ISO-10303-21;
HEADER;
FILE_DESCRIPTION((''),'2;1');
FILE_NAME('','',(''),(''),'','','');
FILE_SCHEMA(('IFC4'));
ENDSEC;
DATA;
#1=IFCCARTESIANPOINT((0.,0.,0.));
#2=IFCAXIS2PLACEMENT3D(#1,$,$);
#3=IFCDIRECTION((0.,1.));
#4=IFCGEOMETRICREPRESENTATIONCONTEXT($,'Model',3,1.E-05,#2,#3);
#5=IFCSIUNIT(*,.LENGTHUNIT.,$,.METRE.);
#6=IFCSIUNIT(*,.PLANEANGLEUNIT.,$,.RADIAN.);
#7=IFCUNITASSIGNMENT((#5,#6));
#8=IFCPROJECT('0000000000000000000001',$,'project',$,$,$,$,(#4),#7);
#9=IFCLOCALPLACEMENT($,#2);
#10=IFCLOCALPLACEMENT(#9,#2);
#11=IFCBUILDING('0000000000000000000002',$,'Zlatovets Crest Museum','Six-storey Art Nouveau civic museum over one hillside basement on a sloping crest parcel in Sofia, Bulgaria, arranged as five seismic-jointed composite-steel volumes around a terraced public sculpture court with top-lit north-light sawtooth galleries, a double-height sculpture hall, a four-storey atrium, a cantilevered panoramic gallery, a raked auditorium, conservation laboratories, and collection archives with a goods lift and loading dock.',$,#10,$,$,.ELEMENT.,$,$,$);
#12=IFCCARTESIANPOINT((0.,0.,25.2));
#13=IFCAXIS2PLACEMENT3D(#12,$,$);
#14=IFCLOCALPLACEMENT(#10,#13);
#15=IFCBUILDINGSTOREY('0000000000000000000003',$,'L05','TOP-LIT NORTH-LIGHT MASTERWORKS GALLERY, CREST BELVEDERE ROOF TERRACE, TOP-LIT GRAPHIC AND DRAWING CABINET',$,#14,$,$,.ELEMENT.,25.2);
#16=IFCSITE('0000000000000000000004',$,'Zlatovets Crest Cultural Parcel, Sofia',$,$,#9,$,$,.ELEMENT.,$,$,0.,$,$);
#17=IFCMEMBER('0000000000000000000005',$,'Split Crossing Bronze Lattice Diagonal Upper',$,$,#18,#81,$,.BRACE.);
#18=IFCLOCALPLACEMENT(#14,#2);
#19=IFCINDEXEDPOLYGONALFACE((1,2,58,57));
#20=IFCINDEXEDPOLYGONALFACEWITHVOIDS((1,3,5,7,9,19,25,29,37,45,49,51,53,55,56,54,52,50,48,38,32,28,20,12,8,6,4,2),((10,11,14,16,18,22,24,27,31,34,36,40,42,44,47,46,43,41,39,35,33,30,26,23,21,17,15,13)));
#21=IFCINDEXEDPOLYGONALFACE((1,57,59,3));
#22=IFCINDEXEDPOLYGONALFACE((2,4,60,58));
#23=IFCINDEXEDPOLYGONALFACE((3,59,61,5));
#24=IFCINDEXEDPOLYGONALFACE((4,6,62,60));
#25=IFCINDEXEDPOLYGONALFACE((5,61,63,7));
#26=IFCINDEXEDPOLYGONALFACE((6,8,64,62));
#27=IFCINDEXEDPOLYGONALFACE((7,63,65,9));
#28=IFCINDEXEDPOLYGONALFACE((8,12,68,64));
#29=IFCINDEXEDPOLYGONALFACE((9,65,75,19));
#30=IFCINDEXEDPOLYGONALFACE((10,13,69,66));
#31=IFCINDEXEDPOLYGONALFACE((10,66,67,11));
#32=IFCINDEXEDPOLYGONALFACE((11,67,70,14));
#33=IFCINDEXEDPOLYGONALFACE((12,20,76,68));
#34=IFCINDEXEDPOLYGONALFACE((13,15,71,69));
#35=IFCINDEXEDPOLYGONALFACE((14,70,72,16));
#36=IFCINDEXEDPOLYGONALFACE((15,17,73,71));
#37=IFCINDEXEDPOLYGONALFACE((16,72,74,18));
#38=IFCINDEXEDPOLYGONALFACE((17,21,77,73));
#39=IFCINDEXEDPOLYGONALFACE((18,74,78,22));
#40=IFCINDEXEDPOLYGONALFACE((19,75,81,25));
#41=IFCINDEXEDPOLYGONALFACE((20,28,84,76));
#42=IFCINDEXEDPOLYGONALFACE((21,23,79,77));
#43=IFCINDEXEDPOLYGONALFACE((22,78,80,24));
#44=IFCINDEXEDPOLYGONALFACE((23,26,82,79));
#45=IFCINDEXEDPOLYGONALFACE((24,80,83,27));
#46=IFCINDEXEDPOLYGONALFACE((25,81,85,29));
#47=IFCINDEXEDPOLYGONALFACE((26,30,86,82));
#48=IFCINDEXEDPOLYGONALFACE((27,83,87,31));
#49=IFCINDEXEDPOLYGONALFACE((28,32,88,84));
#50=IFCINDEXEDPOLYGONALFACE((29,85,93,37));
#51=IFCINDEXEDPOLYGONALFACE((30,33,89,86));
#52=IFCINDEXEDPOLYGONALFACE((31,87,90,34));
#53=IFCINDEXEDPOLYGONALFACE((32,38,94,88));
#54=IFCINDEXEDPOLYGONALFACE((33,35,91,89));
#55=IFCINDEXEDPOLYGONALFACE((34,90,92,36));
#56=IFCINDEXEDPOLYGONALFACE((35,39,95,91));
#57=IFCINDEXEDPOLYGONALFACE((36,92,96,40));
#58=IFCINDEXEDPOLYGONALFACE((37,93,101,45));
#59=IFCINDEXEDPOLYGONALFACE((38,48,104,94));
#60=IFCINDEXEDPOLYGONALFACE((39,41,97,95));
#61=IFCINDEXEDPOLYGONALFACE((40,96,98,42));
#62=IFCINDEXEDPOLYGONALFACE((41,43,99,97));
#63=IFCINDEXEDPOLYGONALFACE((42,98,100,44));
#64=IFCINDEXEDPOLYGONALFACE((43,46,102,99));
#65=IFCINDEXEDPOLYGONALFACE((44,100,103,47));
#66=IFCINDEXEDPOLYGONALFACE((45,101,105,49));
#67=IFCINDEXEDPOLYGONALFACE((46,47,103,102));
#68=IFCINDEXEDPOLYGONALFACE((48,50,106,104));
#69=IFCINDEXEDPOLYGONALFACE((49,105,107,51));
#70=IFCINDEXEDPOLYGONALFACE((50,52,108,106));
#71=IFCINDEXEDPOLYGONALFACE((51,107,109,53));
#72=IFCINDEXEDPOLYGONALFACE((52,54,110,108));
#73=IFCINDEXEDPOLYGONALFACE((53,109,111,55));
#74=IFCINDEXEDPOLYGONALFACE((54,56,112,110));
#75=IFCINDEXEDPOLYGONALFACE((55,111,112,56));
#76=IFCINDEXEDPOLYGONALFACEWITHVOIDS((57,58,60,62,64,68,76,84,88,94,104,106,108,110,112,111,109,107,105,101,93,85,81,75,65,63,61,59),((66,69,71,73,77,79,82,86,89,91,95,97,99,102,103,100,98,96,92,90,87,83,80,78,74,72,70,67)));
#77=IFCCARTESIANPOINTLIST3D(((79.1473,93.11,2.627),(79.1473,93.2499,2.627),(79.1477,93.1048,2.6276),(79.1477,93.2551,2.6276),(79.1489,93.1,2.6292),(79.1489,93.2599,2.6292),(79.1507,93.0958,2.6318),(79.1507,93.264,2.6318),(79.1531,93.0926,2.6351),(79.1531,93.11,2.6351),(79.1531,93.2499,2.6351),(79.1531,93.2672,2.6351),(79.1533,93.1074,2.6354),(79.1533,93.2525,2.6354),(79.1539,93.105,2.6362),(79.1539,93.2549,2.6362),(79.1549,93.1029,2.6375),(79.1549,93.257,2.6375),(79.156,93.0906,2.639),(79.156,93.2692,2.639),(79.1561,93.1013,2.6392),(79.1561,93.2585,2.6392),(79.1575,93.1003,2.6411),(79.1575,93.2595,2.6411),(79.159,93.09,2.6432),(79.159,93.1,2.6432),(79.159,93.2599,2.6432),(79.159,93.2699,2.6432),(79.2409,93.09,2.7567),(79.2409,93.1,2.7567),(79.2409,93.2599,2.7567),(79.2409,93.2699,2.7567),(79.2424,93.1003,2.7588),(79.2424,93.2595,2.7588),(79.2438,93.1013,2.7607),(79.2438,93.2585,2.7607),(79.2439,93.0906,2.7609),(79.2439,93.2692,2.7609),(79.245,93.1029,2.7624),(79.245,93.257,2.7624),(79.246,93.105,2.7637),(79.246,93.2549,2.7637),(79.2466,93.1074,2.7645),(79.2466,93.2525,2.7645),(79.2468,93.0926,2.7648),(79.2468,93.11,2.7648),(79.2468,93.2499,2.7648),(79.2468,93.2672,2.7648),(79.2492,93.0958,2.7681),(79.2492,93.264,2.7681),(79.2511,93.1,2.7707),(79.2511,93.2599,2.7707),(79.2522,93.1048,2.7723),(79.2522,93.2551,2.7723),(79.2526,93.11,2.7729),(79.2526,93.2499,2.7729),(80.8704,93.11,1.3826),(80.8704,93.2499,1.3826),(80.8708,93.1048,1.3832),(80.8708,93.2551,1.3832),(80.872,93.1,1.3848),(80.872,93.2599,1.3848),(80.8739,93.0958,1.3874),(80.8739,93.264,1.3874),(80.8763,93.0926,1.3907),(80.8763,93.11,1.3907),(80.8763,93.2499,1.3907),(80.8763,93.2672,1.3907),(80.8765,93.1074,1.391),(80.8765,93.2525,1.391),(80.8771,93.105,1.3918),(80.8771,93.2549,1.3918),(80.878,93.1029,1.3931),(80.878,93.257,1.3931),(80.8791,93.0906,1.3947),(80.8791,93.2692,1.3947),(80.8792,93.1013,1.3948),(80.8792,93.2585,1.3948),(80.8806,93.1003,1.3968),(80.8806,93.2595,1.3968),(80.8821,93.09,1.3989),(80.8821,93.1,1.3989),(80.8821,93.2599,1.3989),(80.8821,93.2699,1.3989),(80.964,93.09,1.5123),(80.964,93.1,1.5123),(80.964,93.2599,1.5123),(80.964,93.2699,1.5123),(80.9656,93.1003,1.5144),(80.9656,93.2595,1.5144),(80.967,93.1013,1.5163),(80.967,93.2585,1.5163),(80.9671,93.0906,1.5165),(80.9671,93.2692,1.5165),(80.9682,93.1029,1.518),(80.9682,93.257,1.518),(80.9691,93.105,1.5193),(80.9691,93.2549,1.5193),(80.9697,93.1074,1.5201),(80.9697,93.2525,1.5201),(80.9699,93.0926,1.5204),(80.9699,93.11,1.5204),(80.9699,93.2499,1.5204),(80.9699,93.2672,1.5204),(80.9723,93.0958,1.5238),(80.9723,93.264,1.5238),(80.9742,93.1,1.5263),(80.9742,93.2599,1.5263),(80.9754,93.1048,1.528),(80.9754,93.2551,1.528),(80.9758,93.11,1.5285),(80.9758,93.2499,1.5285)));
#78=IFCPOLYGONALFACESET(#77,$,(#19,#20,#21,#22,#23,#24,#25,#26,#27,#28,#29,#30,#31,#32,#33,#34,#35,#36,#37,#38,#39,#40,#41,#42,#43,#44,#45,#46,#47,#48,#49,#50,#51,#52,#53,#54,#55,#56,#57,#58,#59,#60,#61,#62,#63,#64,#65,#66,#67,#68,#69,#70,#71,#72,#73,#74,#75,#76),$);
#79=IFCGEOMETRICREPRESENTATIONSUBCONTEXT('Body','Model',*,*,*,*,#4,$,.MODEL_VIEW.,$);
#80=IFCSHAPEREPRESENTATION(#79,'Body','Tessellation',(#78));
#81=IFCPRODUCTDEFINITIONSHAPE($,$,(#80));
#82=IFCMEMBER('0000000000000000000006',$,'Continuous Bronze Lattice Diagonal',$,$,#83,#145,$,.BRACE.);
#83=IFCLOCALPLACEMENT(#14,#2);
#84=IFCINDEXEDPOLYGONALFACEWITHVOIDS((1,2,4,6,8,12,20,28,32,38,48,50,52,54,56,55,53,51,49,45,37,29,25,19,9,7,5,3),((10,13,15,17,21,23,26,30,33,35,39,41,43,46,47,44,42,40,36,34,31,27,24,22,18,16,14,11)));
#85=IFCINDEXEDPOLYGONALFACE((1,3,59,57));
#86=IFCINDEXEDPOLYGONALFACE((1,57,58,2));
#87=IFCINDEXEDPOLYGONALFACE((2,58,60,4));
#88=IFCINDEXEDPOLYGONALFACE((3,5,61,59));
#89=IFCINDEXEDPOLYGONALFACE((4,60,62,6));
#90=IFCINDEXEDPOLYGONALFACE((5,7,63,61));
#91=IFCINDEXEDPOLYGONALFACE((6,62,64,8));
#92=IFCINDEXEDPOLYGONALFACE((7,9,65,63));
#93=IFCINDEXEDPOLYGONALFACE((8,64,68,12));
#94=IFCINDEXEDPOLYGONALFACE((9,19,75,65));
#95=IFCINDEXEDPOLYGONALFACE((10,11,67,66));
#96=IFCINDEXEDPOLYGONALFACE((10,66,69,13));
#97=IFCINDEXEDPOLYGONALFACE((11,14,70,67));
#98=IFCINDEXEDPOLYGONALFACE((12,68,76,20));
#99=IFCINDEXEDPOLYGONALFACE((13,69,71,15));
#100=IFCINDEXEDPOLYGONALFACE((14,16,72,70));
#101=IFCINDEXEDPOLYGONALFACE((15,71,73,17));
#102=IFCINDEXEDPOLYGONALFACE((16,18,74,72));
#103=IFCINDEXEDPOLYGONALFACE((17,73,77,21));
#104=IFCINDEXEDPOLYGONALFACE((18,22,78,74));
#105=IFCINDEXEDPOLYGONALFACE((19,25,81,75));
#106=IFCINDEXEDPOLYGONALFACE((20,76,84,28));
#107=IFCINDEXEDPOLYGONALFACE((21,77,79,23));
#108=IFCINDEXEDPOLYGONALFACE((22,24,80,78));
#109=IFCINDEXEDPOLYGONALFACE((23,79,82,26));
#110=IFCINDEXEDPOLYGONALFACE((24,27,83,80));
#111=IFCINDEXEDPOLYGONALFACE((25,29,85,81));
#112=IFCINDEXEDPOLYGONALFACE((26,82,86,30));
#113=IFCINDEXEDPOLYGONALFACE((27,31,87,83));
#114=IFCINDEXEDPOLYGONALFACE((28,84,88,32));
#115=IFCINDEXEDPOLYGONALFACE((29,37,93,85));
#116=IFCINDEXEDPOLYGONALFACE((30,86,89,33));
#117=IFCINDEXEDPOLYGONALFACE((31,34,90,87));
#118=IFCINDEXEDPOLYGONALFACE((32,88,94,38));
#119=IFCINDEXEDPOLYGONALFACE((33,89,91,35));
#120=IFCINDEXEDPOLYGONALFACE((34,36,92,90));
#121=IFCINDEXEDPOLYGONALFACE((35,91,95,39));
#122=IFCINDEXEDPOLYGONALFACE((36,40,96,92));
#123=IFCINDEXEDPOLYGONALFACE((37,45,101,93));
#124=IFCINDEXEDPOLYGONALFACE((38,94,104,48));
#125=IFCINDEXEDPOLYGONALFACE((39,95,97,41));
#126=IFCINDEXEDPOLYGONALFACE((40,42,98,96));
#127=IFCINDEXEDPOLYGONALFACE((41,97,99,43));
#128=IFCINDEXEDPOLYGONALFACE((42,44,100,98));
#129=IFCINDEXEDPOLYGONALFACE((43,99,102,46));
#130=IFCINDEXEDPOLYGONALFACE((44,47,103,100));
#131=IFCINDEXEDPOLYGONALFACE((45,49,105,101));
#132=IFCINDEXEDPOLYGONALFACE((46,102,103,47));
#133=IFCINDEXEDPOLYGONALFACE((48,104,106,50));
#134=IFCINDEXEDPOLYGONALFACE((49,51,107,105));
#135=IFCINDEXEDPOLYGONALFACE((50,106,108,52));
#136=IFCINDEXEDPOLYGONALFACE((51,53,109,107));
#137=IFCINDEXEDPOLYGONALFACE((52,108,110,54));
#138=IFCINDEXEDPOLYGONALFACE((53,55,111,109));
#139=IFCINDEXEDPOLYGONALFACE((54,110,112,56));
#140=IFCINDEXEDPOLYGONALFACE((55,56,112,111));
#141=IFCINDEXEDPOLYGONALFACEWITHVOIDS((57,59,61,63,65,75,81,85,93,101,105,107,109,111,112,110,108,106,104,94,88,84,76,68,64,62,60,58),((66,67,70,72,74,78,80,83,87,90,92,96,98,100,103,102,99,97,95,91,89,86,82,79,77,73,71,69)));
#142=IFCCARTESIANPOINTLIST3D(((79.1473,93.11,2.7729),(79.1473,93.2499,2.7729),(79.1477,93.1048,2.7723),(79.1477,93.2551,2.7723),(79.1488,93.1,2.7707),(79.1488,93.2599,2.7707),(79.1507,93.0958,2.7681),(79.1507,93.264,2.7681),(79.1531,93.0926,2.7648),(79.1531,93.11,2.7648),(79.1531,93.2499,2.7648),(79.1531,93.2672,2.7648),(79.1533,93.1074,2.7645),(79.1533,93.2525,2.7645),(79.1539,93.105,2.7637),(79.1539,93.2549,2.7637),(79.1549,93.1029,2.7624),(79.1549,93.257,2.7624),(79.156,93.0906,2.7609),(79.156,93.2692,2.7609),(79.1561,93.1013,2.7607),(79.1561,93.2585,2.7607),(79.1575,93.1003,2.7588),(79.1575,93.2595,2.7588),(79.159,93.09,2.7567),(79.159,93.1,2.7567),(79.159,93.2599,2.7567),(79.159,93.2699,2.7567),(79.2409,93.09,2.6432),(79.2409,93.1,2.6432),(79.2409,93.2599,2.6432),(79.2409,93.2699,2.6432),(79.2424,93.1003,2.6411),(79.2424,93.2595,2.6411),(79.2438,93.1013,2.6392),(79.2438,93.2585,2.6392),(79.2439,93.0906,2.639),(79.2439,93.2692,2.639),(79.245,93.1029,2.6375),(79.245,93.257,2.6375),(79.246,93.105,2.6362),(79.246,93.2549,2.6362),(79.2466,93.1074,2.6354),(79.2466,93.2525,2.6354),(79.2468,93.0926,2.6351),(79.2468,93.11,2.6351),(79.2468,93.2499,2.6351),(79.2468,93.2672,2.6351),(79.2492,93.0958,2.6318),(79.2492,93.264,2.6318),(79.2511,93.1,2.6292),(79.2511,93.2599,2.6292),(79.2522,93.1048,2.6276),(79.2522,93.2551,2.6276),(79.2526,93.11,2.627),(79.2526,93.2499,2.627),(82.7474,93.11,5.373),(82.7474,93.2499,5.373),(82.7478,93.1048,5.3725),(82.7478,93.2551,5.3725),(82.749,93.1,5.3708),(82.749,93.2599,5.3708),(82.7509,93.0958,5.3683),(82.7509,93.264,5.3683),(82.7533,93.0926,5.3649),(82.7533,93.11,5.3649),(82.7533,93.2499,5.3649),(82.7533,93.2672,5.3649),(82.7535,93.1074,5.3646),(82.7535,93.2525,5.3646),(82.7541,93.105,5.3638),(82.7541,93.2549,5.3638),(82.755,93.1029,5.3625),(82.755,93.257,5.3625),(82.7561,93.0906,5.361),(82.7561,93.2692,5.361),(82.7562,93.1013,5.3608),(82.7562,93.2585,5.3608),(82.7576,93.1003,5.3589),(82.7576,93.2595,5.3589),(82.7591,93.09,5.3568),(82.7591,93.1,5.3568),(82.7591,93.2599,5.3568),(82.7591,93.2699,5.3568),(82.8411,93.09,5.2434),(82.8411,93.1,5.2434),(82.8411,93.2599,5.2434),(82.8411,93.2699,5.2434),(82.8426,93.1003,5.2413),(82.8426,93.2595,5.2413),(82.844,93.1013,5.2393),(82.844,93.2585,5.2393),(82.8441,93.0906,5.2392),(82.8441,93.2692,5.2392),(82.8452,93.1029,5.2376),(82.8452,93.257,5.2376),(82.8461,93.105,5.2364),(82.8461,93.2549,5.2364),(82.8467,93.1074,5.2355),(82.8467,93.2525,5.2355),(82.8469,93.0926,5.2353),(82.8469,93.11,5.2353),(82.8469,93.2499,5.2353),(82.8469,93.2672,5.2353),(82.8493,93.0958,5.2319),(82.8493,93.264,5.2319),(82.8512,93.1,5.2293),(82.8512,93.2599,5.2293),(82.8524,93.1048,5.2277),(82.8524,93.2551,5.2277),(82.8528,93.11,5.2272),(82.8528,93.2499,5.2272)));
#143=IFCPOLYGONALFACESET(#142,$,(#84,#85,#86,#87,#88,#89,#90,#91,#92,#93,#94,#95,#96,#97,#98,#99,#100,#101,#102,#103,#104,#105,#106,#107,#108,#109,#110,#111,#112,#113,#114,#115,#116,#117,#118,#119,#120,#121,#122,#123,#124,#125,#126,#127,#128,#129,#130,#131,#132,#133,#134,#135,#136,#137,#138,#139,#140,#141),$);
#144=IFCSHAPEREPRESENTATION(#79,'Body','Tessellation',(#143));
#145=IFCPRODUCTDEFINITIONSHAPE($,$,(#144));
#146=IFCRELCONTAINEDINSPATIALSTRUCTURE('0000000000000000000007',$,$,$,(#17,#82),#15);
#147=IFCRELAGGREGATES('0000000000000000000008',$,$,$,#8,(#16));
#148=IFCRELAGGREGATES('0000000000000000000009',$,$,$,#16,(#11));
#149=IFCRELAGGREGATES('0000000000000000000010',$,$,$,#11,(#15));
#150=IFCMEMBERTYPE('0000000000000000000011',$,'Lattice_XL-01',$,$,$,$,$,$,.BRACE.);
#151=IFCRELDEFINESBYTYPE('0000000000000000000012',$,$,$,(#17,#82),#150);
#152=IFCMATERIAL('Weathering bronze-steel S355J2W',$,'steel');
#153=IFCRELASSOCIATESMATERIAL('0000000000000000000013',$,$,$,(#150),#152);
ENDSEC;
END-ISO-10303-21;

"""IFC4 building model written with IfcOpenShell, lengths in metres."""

from ifc_helpers import new_model, si_unit, direction, frame, origin, origin_2d, place, context, subcontext, project, spatial, hollow_rectangle, extrude, material, material_profile, profile_set, type_object, element, save


model = new_model("IFC4")

# Units and contexts
model_context = context("Model", 3, precision=1e-05, world=origin(), true_north=direction((0.0, 1.0)))
body_context = subcontext(model_context, "Body", "Model", "MODEL_VIEW")
ifc_project = project(units=[si_unit("LENGTHUNIT", "METRE"), si_unit("PLANEANGLEUNIT", "RADIAN")], contexts=[model_context])

# Site, building, storey
site_placement = place(None, origin())
site = spatial("IfcSite", under=ifc_project, at=site_placement, Name="Zlatovets Crest Cultural Parcel, Sofia", CompositionType="ELEMENT", RefElevation=0.0)
building_placement = place(site_placement, origin())
building = spatial("IfcBuilding", under=site, at=building_placement, Name="Zlatovets Crest Museum", Description="Six-storey Art Nouveau civic museum over one hillside basement on a sloping crest parcel in Sofia, Bulgaria, arranged as five seismic-jointed composite-steel volumes around a terraced public sculpture court with top-lit north-light sawtooth galleries, a double-height sculpture hall, a four-storey atrium, a cantilevered panoramic gallery, a raked auditorium, conservation laboratories, and collection archives with a goods lift and loading dock.", CompositionType="ELEMENT")
storey_placement = place(building_placement, frame((0.0, 0.0, 25.2)))
storey = spatial("IfcBuildingStorey", under=building, at=storey_placement, Name="L05", Description="TOP-LIT NORTH-LIGHT MASTERWORKS GALLERY, CREST BELVEDERE ROOF TERRACE, TOP-LIT GRAPHIC AND DRAWING CABINET", CompositionType="ELEMENT", Elevation=25.2)

# Members
ifc_material_1 = material(Name="Weathering bronze-steel S355J2W", Category="steel")
ifc_material_profile_1 = material_profile(ifc_material_1, hollow_rectangle(XDim=0.1799, YDim=0.1799, WallThickness=0.01, InnerFilletRadius=0.01, OuterFilletRadius=0.02, at=origin_2d()), Name="SHS 180x180x10.0")
ifc_profile_set_1 = profile_set([ifc_material_profile_1], Name="Weathering bronze-steel S355J2W")
member_type_1 = type_object("IfcMemberType", Name="Lattice_XL-01", PredefinedType="BRACE", material=ifc_profile_set_1)
member_1_placement = place(storey_placement, frame((79.2, 93.1799, 2.7), z_axis=(0.810703, 0.0, -0.585457), x_axis=(0.0, 1.0, 0.0)))
element("IfcMember", 1, at=member_1_placement, inside=storey, type_object=member_type_1, Name="Split Crossing Bronze Lattice Diagonal Upper", PredefinedType="BRACE", context=body_context, shape_type="SweptSolid", body=[
    extrude(hollow_rectangle(XDim=0.1799, YDim=0.1799, WallThickness=0.01, InnerFilletRadius=0.01, OuterFilletRadius=0.02, at=origin_2d()), origin(), (0.0, 0.0, 1.0), 2.1255),
])
member_2_placement = place(storey_placement, frame((79.2, 93.1799, 2.7), z_axis=(0.810676, 0.0, 0.585495), x_axis=(0.0, 1.0, 0.0)))
element("IfcMember", 2, at=member_2_placement, inside=storey, type_object=member_type_1, Name="Continuous Bronze Lattice Diagonal", PredefinedType="BRACE", context=body_context, shape_type="SweptSolid", body=[
    extrude(hollow_rectangle(XDim=0.1799, YDim=0.1799, WallThickness=0.01, InnerFilletRadius=0.01, OuterFilletRadius=0.02, at=origin_2d()), origin(), (0.0, 0.0, 1.0), 4.4409),
])

save(model, "model.ifc")
